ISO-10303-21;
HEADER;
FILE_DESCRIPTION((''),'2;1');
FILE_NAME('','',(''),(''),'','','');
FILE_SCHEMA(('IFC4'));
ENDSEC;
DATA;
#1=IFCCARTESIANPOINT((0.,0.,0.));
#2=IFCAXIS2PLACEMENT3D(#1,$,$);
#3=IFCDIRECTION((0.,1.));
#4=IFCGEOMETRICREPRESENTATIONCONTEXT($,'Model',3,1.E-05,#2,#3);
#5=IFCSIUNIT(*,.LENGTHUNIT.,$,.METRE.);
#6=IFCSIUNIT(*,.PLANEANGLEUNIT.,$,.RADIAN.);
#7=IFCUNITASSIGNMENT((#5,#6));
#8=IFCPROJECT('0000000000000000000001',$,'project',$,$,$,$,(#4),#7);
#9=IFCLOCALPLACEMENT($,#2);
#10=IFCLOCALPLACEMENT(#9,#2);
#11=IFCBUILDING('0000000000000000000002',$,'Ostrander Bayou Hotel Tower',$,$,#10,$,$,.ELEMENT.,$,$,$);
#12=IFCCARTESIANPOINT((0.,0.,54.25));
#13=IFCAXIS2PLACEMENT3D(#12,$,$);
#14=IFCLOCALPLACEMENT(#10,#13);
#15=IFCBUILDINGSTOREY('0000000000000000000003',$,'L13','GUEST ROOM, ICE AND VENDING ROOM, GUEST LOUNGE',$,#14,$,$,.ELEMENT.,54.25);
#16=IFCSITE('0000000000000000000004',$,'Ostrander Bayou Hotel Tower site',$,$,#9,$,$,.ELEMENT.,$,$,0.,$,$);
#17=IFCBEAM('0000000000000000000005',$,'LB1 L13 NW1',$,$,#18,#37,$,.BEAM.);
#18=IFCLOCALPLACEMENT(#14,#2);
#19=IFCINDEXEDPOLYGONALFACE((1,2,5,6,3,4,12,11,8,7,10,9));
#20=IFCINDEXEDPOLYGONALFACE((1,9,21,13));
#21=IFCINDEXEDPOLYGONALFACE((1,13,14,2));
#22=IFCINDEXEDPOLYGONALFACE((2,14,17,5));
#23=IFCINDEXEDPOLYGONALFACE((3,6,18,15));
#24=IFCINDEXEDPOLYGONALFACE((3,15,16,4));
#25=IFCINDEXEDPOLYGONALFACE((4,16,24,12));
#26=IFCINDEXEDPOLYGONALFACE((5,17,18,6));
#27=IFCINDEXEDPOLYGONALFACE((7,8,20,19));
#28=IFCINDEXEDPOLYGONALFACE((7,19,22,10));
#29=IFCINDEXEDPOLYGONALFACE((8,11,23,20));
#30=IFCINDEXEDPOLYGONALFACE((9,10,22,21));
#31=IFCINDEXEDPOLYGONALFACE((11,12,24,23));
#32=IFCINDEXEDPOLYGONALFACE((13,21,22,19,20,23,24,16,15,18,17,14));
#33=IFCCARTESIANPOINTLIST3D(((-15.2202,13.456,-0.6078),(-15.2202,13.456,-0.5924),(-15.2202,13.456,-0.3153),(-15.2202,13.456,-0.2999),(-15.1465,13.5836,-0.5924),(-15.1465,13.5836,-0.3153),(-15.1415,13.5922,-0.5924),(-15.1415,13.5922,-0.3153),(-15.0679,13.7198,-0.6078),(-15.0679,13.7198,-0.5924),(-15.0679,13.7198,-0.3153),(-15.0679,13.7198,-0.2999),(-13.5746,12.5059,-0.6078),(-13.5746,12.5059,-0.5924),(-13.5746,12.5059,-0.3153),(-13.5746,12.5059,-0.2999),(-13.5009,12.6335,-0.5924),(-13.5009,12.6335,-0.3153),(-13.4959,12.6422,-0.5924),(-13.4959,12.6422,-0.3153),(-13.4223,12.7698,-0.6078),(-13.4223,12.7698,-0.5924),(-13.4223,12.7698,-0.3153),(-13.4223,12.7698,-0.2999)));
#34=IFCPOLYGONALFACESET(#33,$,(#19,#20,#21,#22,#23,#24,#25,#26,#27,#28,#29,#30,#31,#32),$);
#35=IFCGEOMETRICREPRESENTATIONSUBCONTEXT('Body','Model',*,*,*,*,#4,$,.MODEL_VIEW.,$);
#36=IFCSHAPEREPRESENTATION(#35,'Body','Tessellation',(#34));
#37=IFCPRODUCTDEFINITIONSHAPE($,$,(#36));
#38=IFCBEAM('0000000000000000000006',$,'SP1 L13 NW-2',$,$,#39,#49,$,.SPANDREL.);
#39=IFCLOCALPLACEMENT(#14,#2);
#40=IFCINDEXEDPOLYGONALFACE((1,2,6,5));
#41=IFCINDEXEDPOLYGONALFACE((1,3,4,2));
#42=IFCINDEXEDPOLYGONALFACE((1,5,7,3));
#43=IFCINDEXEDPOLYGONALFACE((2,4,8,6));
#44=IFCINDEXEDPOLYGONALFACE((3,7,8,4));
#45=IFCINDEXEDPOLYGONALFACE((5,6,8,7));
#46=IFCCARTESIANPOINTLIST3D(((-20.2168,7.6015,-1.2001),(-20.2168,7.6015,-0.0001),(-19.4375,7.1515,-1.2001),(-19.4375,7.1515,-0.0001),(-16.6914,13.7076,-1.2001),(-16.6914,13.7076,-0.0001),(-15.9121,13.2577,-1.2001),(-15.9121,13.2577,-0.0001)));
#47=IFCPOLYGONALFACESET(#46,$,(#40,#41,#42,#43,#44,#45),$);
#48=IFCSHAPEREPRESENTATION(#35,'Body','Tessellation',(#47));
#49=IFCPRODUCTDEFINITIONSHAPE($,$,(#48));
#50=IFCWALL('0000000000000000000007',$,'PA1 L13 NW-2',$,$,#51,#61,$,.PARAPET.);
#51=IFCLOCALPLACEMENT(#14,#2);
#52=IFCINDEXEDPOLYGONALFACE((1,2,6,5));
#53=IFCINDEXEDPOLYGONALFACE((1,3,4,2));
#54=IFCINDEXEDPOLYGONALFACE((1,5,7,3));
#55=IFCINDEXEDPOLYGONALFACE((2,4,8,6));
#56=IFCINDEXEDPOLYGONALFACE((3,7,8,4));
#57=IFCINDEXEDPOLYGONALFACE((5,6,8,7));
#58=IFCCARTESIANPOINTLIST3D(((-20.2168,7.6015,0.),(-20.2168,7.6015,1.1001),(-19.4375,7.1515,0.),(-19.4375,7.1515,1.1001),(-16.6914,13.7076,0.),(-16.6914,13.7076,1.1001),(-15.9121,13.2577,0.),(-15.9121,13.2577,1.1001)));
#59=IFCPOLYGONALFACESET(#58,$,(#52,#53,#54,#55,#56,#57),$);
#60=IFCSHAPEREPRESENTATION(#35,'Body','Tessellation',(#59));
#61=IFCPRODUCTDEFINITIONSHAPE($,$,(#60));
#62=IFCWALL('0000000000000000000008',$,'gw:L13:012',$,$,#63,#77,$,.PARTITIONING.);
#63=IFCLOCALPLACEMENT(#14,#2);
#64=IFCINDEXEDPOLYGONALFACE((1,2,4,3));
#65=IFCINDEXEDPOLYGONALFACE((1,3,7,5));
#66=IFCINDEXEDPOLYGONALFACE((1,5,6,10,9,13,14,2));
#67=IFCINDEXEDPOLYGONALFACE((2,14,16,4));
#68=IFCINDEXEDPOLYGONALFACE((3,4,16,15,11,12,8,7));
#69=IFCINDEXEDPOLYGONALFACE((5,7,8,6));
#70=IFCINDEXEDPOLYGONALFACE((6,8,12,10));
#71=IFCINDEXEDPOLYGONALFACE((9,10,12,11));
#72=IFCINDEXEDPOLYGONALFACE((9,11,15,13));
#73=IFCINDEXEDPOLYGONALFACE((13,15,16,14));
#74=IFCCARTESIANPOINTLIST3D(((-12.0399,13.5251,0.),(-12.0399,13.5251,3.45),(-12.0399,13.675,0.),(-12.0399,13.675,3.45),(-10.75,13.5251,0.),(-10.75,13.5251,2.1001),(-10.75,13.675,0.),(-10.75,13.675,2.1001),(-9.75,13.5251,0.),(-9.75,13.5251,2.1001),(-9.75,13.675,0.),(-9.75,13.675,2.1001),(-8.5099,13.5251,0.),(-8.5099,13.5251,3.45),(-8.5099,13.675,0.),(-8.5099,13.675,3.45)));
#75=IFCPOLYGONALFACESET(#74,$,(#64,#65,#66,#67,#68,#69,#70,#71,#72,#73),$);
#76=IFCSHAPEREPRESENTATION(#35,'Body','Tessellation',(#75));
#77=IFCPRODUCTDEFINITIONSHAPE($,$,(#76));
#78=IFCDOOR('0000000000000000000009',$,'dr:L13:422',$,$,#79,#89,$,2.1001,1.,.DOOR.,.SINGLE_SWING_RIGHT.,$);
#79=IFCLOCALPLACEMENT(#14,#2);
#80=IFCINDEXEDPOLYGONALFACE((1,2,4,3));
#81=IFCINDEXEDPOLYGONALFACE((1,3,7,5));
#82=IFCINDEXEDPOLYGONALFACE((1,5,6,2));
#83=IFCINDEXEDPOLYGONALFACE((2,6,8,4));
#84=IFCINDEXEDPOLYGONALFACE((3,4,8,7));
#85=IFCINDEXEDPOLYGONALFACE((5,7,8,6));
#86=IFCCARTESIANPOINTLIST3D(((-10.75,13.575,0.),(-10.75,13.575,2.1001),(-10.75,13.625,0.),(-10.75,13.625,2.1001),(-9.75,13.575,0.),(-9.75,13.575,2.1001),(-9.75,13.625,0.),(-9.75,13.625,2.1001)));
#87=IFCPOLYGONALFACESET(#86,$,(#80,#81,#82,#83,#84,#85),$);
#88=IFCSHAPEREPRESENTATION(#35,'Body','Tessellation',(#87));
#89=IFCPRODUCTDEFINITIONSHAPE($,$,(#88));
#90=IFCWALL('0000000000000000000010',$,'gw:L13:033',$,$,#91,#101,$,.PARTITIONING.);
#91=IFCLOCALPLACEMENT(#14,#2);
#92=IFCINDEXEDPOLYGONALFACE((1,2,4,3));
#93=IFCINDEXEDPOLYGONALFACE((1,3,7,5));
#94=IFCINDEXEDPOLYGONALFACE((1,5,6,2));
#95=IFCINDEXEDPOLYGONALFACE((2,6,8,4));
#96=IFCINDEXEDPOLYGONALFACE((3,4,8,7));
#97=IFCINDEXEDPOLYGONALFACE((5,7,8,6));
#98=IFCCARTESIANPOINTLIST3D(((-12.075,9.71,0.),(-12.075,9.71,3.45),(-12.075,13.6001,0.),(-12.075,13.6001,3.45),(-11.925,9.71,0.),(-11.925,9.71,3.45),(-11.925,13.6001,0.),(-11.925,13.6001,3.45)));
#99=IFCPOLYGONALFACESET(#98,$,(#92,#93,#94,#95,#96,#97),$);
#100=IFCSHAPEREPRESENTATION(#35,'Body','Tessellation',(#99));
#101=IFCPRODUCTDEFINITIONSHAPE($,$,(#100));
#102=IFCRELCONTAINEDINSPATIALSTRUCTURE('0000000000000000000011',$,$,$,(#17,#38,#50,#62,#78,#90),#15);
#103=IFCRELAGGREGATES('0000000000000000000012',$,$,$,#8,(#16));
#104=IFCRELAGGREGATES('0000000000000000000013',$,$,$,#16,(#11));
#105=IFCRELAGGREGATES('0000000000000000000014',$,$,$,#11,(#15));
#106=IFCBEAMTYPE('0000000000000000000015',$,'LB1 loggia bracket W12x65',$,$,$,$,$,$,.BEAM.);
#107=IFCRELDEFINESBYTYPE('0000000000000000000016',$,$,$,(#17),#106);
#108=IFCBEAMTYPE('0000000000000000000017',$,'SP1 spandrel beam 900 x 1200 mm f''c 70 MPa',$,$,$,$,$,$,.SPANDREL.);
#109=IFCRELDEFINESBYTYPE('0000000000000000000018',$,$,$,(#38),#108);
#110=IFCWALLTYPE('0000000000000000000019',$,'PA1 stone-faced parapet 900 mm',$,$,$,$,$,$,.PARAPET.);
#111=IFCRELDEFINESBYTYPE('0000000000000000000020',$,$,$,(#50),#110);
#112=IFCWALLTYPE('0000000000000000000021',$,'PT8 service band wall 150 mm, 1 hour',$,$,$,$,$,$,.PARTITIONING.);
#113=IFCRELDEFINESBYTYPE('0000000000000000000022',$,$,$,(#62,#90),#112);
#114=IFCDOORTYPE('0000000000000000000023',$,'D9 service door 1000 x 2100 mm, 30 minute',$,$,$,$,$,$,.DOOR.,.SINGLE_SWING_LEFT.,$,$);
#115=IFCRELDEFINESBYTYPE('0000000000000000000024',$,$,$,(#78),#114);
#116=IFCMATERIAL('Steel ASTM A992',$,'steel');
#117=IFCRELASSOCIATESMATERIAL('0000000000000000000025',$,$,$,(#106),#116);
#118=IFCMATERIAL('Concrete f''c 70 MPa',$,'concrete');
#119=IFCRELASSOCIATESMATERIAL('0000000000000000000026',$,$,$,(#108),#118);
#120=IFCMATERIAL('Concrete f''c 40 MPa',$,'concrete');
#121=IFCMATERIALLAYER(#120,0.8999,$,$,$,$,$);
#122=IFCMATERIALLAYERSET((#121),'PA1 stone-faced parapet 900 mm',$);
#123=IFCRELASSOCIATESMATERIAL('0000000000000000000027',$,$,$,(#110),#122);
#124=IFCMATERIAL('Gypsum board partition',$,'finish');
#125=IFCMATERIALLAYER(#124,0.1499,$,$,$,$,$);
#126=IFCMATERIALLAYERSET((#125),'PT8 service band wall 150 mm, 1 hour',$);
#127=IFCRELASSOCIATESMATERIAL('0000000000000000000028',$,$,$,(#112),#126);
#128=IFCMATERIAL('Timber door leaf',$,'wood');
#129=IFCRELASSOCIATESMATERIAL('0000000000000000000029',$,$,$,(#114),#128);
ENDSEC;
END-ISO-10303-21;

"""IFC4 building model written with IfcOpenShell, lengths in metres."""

from ifc_helpers import new_model, si_unit, direction, frame, frame_2d, origin, origin_2d, place, context, subcontext, project, spatial, rectangle, i_section, extrude, material, layer, layer_set, material_profile, profile_set, type_object, element, fill, save


model = new_model("IFC4")

# Units and contexts
model_context = context("Model", 3, precision=1e-05, world=origin(), true_north=direction((0.0, 1.0)))
body_context = subcontext(model_context, "Body", "Model", "MODEL_VIEW")
ifc_project = project(units=[si_unit("LENGTHUNIT", "METRE"), si_unit("PLANEANGLEUNIT", "RADIAN")], contexts=[model_context])

# Site, building, storey
site_placement = place(None, origin())
site = spatial("IfcSite", under=ifc_project, at=site_placement, Name="Ostrander Bayou Hotel Tower site", CompositionType="ELEMENT", RefElevation=0.0)
building_placement = place(site_placement, origin())
building = spatial("IfcBuilding", under=site, at=building_placement, Name="Ostrander Bayou Hotel Tower", CompositionType="ELEMENT")
storey_placement = place(building_placement, frame((0.0, 0.0, 54.25)))
storey = spatial("IfcBuildingStorey", under=building, at=storey_placement, Name="L13", Description="GUEST ROOM, ICE AND VENDING ROOM, GUEST LOUNGE", CompositionType="ELEMENT", Elevation=54.25)

# Beams
ifc_material_1 = material(Name="Steel ASTM A992", Category="steel")
ifc_material_profile_1 = material_profile(ifc_material_1, i_section(OverallWidth=0.3047, OverallDepth=0.3079, WebThickness=0.01, FlangeThickness=0.0154, at=origin_2d()))
ifc_profile_set_1 = profile_set([ifc_material_profile_1], Name="Steel ASTM A992")
beam_type_1 = type_object("IfcBeamType", Name="LB1 loggia bracket W12x65", PredefinedType="BEAM", material=ifc_profile_set_1)
beam_1_placement = place(storey_placement, frame((-15.144, 13.5879, -0.4539), z_axis=(0.866044, -0.499967, 0.0), x_axis=(0.499967, 0.866044, 0.0)))
element("IfcBeam", 1, at=beam_1_placement, inside=storey, type_object=beam_type_1, Name="LB1 L13 NW1", PredefinedType="BEAM", context=body_context, shape_type="SweptSolid", body=[
    extrude(i_section(OverallWidth=0.3047, OverallDepth=0.3079, WebThickness=0.01, FlangeThickness=0.0154, at=origin_2d()), origin(), (0.0, 0.0, 1.0), 1.9001),
])
ifc_material_2 = material(Name="Concrete f'c 70 MPa", Category="concrete")
ifc_material_profile_2 = material_profile(ifc_material_2, rectangle(XDim=0.8999, YDim=1.2, at=origin_2d()))
ifc_profile_set_2 = profile_set([ifc_material_profile_2], Name="Concrete f'c 70 MPa")
beam_type_2 = type_object("IfcBeamType", Name="SP1 spandrel beam 900 x 1200 mm f'c 70 MPa", PredefinedType="SPANDREL", material=ifc_profile_set_2)
beam_2_placement = place(storey_placement, frame((-16.3018, 13.4827, -0.6001), z_axis=(-0.499997, -0.866027, 0.0), x_axis=(0.866027, -0.499997, 0.0)))
element("IfcBeam", 2, at=beam_2_placement, inside=storey, type_object=beam_type_2, Name="SP1 L13 NW-2", PredefinedType="SPANDREL", context=body_context, shape_type="SweptSolid", body=[
    extrude(rectangle(XDim=0.8999, YDim=1.2, at=origin_2d()), origin(), (0.0, 0.0, 1.0), 7.0508),
])

# Wall
ifc_material_3 = material(Name="Concrete f'c 40 MPa", Category="concrete")
ifc_layer_1 = layer(ifc_material_3, 0.8999)
ifc_layer_set_1 = layer_set([ifc_layer_1], Name="PA1 stone-faced parapet 900 mm")
wall_type_1 = type_object("IfcWallType", Name="PA1 stone-faced parapet 900 mm", PredefinedType="PARAPET", material=ifc_layer_set_1)
wall_1_placement = place(storey_placement, frame((-16.3018, 13.4827, 0.0), z_axis=(0.0, 0.0, 1.0), x_axis=(-0.499997, -0.866027, 0.0)))
element("IfcWall", 3, at=wall_1_placement, inside=storey, type_object=wall_type_1, Name="PA1 L13 NW-2", PredefinedType="PARAPET", context=body_context, shape_type="SweptSolid", body=[
    extrude(rectangle(XDim=7.0508, YDim=0.8999, at=frame_2d((3.5254, 0.0))), origin(), (0.0, 0.0, 1.0), 1.1001),
])

# Wall, opening, door
ifc_material_4 = material(Name="Gypsum board partition", Category="finish")
ifc_layer_2 = layer(ifc_material_4, 0.1499)
ifc_layer_set_2 = layer_set([ifc_layer_2], Name="PT8 service band wall 150 mm, 1 hour")
wall_type_2 = type_object("IfcWallType", Name="PT8 service band wall 150 mm, 1 hour", PredefinedType="PARTITIONING", material=ifc_layer_set_2)
wall_2_placement = place(storey_placement, frame((-12.04, 13.6001, 0.0), z_axis=(0.0, 0.0, 1.0), x_axis=(1.0, 0.0, 0.0)))
wall_2 = element("IfcWall", 4, at=wall_2_placement, inside=storey, type_object=wall_type_2, Name="gw:L13:012", PredefinedType="PARTITIONING", context=body_context, shape_type="SweptSolid", body=[
    extrude(rectangle(XDim=3.53, YDim=0.1499, at=frame_2d((1.7651, 0.0))), origin(), (0.0, 0.0, 1.0), 3.45),
])
opening_1_placement = place(wall_2_placement, frame((1.29, 0.0, 0.0)))
opening_1 = element("IfcOpeningElement", 5, at=opening_1_placement, cuts=wall_2, PredefinedType="OPENING", context=body_context, shape_type="SweptSolid", body=[
    extrude(rectangle(XDim=1.0, YDim=2.1001, at=frame_2d((0.5, 1.05))), frame((0.0, 0.075, 0.0), z_axis=(0.0, -1.0, 0.0), x_axis=(1.0, 0.0, 0.0)), (0.0, 0.0, 1.0), 0.1499),
])
ifc_material_5 = material(Name="Timber door leaf", Category="wood")
door_type_1 = type_object("IfcDoorType", Name="D9 service door 1000 x 2100 mm, 30 minute", OperationType="SINGLE_SWING_LEFT", PredefinedType="DOOR", material=ifc_material_5)
door_1_placement = place(opening_1_placement, origin())
door_1 = element("IfcDoor", 6, at=door_1_placement, inside=storey, type_object=door_type_1, Name="dr:L13:422", OperationType="SINGLE_SWING_RIGHT", OverallHeight=2.1001, OverallWidth=1.0, PredefinedType="DOOR", context=body_context, shape_type="SweptSolid", body=[
    extrude(rectangle(XDim=1.0, YDim=2.1001, at=frame_2d((0.5, 1.05))), frame((0.0, 0.0249, 0.0), z_axis=(0.0, -1.0, 0.0), x_axis=(1.0, 0.0, 0.0)), (0.0, 0.0, 1.0), 0.05),
])
fill(opening_1, door_1)

# Wall
wall_3_placement = place(storey_placement, frame((-12.0, 9.71, 0.0), z_axis=(0.0, 0.0, 1.0), x_axis=(0.0, 1.0, 0.0)))
element("IfcWall", 7, at=wall_3_placement, inside=storey, type_object=wall_type_2, Name="gw:L13:033", PredefinedType="PARTITIONING", context=body_context, shape_type="SweptSolid", body=[
    extrude(rectangle(XDim=3.8901, YDim=0.1499, at=frame_2d((1.9451, 0.0))), origin(), (0.0, 0.0, 1.0), 3.45),
])

save(model, "model.ifc")
